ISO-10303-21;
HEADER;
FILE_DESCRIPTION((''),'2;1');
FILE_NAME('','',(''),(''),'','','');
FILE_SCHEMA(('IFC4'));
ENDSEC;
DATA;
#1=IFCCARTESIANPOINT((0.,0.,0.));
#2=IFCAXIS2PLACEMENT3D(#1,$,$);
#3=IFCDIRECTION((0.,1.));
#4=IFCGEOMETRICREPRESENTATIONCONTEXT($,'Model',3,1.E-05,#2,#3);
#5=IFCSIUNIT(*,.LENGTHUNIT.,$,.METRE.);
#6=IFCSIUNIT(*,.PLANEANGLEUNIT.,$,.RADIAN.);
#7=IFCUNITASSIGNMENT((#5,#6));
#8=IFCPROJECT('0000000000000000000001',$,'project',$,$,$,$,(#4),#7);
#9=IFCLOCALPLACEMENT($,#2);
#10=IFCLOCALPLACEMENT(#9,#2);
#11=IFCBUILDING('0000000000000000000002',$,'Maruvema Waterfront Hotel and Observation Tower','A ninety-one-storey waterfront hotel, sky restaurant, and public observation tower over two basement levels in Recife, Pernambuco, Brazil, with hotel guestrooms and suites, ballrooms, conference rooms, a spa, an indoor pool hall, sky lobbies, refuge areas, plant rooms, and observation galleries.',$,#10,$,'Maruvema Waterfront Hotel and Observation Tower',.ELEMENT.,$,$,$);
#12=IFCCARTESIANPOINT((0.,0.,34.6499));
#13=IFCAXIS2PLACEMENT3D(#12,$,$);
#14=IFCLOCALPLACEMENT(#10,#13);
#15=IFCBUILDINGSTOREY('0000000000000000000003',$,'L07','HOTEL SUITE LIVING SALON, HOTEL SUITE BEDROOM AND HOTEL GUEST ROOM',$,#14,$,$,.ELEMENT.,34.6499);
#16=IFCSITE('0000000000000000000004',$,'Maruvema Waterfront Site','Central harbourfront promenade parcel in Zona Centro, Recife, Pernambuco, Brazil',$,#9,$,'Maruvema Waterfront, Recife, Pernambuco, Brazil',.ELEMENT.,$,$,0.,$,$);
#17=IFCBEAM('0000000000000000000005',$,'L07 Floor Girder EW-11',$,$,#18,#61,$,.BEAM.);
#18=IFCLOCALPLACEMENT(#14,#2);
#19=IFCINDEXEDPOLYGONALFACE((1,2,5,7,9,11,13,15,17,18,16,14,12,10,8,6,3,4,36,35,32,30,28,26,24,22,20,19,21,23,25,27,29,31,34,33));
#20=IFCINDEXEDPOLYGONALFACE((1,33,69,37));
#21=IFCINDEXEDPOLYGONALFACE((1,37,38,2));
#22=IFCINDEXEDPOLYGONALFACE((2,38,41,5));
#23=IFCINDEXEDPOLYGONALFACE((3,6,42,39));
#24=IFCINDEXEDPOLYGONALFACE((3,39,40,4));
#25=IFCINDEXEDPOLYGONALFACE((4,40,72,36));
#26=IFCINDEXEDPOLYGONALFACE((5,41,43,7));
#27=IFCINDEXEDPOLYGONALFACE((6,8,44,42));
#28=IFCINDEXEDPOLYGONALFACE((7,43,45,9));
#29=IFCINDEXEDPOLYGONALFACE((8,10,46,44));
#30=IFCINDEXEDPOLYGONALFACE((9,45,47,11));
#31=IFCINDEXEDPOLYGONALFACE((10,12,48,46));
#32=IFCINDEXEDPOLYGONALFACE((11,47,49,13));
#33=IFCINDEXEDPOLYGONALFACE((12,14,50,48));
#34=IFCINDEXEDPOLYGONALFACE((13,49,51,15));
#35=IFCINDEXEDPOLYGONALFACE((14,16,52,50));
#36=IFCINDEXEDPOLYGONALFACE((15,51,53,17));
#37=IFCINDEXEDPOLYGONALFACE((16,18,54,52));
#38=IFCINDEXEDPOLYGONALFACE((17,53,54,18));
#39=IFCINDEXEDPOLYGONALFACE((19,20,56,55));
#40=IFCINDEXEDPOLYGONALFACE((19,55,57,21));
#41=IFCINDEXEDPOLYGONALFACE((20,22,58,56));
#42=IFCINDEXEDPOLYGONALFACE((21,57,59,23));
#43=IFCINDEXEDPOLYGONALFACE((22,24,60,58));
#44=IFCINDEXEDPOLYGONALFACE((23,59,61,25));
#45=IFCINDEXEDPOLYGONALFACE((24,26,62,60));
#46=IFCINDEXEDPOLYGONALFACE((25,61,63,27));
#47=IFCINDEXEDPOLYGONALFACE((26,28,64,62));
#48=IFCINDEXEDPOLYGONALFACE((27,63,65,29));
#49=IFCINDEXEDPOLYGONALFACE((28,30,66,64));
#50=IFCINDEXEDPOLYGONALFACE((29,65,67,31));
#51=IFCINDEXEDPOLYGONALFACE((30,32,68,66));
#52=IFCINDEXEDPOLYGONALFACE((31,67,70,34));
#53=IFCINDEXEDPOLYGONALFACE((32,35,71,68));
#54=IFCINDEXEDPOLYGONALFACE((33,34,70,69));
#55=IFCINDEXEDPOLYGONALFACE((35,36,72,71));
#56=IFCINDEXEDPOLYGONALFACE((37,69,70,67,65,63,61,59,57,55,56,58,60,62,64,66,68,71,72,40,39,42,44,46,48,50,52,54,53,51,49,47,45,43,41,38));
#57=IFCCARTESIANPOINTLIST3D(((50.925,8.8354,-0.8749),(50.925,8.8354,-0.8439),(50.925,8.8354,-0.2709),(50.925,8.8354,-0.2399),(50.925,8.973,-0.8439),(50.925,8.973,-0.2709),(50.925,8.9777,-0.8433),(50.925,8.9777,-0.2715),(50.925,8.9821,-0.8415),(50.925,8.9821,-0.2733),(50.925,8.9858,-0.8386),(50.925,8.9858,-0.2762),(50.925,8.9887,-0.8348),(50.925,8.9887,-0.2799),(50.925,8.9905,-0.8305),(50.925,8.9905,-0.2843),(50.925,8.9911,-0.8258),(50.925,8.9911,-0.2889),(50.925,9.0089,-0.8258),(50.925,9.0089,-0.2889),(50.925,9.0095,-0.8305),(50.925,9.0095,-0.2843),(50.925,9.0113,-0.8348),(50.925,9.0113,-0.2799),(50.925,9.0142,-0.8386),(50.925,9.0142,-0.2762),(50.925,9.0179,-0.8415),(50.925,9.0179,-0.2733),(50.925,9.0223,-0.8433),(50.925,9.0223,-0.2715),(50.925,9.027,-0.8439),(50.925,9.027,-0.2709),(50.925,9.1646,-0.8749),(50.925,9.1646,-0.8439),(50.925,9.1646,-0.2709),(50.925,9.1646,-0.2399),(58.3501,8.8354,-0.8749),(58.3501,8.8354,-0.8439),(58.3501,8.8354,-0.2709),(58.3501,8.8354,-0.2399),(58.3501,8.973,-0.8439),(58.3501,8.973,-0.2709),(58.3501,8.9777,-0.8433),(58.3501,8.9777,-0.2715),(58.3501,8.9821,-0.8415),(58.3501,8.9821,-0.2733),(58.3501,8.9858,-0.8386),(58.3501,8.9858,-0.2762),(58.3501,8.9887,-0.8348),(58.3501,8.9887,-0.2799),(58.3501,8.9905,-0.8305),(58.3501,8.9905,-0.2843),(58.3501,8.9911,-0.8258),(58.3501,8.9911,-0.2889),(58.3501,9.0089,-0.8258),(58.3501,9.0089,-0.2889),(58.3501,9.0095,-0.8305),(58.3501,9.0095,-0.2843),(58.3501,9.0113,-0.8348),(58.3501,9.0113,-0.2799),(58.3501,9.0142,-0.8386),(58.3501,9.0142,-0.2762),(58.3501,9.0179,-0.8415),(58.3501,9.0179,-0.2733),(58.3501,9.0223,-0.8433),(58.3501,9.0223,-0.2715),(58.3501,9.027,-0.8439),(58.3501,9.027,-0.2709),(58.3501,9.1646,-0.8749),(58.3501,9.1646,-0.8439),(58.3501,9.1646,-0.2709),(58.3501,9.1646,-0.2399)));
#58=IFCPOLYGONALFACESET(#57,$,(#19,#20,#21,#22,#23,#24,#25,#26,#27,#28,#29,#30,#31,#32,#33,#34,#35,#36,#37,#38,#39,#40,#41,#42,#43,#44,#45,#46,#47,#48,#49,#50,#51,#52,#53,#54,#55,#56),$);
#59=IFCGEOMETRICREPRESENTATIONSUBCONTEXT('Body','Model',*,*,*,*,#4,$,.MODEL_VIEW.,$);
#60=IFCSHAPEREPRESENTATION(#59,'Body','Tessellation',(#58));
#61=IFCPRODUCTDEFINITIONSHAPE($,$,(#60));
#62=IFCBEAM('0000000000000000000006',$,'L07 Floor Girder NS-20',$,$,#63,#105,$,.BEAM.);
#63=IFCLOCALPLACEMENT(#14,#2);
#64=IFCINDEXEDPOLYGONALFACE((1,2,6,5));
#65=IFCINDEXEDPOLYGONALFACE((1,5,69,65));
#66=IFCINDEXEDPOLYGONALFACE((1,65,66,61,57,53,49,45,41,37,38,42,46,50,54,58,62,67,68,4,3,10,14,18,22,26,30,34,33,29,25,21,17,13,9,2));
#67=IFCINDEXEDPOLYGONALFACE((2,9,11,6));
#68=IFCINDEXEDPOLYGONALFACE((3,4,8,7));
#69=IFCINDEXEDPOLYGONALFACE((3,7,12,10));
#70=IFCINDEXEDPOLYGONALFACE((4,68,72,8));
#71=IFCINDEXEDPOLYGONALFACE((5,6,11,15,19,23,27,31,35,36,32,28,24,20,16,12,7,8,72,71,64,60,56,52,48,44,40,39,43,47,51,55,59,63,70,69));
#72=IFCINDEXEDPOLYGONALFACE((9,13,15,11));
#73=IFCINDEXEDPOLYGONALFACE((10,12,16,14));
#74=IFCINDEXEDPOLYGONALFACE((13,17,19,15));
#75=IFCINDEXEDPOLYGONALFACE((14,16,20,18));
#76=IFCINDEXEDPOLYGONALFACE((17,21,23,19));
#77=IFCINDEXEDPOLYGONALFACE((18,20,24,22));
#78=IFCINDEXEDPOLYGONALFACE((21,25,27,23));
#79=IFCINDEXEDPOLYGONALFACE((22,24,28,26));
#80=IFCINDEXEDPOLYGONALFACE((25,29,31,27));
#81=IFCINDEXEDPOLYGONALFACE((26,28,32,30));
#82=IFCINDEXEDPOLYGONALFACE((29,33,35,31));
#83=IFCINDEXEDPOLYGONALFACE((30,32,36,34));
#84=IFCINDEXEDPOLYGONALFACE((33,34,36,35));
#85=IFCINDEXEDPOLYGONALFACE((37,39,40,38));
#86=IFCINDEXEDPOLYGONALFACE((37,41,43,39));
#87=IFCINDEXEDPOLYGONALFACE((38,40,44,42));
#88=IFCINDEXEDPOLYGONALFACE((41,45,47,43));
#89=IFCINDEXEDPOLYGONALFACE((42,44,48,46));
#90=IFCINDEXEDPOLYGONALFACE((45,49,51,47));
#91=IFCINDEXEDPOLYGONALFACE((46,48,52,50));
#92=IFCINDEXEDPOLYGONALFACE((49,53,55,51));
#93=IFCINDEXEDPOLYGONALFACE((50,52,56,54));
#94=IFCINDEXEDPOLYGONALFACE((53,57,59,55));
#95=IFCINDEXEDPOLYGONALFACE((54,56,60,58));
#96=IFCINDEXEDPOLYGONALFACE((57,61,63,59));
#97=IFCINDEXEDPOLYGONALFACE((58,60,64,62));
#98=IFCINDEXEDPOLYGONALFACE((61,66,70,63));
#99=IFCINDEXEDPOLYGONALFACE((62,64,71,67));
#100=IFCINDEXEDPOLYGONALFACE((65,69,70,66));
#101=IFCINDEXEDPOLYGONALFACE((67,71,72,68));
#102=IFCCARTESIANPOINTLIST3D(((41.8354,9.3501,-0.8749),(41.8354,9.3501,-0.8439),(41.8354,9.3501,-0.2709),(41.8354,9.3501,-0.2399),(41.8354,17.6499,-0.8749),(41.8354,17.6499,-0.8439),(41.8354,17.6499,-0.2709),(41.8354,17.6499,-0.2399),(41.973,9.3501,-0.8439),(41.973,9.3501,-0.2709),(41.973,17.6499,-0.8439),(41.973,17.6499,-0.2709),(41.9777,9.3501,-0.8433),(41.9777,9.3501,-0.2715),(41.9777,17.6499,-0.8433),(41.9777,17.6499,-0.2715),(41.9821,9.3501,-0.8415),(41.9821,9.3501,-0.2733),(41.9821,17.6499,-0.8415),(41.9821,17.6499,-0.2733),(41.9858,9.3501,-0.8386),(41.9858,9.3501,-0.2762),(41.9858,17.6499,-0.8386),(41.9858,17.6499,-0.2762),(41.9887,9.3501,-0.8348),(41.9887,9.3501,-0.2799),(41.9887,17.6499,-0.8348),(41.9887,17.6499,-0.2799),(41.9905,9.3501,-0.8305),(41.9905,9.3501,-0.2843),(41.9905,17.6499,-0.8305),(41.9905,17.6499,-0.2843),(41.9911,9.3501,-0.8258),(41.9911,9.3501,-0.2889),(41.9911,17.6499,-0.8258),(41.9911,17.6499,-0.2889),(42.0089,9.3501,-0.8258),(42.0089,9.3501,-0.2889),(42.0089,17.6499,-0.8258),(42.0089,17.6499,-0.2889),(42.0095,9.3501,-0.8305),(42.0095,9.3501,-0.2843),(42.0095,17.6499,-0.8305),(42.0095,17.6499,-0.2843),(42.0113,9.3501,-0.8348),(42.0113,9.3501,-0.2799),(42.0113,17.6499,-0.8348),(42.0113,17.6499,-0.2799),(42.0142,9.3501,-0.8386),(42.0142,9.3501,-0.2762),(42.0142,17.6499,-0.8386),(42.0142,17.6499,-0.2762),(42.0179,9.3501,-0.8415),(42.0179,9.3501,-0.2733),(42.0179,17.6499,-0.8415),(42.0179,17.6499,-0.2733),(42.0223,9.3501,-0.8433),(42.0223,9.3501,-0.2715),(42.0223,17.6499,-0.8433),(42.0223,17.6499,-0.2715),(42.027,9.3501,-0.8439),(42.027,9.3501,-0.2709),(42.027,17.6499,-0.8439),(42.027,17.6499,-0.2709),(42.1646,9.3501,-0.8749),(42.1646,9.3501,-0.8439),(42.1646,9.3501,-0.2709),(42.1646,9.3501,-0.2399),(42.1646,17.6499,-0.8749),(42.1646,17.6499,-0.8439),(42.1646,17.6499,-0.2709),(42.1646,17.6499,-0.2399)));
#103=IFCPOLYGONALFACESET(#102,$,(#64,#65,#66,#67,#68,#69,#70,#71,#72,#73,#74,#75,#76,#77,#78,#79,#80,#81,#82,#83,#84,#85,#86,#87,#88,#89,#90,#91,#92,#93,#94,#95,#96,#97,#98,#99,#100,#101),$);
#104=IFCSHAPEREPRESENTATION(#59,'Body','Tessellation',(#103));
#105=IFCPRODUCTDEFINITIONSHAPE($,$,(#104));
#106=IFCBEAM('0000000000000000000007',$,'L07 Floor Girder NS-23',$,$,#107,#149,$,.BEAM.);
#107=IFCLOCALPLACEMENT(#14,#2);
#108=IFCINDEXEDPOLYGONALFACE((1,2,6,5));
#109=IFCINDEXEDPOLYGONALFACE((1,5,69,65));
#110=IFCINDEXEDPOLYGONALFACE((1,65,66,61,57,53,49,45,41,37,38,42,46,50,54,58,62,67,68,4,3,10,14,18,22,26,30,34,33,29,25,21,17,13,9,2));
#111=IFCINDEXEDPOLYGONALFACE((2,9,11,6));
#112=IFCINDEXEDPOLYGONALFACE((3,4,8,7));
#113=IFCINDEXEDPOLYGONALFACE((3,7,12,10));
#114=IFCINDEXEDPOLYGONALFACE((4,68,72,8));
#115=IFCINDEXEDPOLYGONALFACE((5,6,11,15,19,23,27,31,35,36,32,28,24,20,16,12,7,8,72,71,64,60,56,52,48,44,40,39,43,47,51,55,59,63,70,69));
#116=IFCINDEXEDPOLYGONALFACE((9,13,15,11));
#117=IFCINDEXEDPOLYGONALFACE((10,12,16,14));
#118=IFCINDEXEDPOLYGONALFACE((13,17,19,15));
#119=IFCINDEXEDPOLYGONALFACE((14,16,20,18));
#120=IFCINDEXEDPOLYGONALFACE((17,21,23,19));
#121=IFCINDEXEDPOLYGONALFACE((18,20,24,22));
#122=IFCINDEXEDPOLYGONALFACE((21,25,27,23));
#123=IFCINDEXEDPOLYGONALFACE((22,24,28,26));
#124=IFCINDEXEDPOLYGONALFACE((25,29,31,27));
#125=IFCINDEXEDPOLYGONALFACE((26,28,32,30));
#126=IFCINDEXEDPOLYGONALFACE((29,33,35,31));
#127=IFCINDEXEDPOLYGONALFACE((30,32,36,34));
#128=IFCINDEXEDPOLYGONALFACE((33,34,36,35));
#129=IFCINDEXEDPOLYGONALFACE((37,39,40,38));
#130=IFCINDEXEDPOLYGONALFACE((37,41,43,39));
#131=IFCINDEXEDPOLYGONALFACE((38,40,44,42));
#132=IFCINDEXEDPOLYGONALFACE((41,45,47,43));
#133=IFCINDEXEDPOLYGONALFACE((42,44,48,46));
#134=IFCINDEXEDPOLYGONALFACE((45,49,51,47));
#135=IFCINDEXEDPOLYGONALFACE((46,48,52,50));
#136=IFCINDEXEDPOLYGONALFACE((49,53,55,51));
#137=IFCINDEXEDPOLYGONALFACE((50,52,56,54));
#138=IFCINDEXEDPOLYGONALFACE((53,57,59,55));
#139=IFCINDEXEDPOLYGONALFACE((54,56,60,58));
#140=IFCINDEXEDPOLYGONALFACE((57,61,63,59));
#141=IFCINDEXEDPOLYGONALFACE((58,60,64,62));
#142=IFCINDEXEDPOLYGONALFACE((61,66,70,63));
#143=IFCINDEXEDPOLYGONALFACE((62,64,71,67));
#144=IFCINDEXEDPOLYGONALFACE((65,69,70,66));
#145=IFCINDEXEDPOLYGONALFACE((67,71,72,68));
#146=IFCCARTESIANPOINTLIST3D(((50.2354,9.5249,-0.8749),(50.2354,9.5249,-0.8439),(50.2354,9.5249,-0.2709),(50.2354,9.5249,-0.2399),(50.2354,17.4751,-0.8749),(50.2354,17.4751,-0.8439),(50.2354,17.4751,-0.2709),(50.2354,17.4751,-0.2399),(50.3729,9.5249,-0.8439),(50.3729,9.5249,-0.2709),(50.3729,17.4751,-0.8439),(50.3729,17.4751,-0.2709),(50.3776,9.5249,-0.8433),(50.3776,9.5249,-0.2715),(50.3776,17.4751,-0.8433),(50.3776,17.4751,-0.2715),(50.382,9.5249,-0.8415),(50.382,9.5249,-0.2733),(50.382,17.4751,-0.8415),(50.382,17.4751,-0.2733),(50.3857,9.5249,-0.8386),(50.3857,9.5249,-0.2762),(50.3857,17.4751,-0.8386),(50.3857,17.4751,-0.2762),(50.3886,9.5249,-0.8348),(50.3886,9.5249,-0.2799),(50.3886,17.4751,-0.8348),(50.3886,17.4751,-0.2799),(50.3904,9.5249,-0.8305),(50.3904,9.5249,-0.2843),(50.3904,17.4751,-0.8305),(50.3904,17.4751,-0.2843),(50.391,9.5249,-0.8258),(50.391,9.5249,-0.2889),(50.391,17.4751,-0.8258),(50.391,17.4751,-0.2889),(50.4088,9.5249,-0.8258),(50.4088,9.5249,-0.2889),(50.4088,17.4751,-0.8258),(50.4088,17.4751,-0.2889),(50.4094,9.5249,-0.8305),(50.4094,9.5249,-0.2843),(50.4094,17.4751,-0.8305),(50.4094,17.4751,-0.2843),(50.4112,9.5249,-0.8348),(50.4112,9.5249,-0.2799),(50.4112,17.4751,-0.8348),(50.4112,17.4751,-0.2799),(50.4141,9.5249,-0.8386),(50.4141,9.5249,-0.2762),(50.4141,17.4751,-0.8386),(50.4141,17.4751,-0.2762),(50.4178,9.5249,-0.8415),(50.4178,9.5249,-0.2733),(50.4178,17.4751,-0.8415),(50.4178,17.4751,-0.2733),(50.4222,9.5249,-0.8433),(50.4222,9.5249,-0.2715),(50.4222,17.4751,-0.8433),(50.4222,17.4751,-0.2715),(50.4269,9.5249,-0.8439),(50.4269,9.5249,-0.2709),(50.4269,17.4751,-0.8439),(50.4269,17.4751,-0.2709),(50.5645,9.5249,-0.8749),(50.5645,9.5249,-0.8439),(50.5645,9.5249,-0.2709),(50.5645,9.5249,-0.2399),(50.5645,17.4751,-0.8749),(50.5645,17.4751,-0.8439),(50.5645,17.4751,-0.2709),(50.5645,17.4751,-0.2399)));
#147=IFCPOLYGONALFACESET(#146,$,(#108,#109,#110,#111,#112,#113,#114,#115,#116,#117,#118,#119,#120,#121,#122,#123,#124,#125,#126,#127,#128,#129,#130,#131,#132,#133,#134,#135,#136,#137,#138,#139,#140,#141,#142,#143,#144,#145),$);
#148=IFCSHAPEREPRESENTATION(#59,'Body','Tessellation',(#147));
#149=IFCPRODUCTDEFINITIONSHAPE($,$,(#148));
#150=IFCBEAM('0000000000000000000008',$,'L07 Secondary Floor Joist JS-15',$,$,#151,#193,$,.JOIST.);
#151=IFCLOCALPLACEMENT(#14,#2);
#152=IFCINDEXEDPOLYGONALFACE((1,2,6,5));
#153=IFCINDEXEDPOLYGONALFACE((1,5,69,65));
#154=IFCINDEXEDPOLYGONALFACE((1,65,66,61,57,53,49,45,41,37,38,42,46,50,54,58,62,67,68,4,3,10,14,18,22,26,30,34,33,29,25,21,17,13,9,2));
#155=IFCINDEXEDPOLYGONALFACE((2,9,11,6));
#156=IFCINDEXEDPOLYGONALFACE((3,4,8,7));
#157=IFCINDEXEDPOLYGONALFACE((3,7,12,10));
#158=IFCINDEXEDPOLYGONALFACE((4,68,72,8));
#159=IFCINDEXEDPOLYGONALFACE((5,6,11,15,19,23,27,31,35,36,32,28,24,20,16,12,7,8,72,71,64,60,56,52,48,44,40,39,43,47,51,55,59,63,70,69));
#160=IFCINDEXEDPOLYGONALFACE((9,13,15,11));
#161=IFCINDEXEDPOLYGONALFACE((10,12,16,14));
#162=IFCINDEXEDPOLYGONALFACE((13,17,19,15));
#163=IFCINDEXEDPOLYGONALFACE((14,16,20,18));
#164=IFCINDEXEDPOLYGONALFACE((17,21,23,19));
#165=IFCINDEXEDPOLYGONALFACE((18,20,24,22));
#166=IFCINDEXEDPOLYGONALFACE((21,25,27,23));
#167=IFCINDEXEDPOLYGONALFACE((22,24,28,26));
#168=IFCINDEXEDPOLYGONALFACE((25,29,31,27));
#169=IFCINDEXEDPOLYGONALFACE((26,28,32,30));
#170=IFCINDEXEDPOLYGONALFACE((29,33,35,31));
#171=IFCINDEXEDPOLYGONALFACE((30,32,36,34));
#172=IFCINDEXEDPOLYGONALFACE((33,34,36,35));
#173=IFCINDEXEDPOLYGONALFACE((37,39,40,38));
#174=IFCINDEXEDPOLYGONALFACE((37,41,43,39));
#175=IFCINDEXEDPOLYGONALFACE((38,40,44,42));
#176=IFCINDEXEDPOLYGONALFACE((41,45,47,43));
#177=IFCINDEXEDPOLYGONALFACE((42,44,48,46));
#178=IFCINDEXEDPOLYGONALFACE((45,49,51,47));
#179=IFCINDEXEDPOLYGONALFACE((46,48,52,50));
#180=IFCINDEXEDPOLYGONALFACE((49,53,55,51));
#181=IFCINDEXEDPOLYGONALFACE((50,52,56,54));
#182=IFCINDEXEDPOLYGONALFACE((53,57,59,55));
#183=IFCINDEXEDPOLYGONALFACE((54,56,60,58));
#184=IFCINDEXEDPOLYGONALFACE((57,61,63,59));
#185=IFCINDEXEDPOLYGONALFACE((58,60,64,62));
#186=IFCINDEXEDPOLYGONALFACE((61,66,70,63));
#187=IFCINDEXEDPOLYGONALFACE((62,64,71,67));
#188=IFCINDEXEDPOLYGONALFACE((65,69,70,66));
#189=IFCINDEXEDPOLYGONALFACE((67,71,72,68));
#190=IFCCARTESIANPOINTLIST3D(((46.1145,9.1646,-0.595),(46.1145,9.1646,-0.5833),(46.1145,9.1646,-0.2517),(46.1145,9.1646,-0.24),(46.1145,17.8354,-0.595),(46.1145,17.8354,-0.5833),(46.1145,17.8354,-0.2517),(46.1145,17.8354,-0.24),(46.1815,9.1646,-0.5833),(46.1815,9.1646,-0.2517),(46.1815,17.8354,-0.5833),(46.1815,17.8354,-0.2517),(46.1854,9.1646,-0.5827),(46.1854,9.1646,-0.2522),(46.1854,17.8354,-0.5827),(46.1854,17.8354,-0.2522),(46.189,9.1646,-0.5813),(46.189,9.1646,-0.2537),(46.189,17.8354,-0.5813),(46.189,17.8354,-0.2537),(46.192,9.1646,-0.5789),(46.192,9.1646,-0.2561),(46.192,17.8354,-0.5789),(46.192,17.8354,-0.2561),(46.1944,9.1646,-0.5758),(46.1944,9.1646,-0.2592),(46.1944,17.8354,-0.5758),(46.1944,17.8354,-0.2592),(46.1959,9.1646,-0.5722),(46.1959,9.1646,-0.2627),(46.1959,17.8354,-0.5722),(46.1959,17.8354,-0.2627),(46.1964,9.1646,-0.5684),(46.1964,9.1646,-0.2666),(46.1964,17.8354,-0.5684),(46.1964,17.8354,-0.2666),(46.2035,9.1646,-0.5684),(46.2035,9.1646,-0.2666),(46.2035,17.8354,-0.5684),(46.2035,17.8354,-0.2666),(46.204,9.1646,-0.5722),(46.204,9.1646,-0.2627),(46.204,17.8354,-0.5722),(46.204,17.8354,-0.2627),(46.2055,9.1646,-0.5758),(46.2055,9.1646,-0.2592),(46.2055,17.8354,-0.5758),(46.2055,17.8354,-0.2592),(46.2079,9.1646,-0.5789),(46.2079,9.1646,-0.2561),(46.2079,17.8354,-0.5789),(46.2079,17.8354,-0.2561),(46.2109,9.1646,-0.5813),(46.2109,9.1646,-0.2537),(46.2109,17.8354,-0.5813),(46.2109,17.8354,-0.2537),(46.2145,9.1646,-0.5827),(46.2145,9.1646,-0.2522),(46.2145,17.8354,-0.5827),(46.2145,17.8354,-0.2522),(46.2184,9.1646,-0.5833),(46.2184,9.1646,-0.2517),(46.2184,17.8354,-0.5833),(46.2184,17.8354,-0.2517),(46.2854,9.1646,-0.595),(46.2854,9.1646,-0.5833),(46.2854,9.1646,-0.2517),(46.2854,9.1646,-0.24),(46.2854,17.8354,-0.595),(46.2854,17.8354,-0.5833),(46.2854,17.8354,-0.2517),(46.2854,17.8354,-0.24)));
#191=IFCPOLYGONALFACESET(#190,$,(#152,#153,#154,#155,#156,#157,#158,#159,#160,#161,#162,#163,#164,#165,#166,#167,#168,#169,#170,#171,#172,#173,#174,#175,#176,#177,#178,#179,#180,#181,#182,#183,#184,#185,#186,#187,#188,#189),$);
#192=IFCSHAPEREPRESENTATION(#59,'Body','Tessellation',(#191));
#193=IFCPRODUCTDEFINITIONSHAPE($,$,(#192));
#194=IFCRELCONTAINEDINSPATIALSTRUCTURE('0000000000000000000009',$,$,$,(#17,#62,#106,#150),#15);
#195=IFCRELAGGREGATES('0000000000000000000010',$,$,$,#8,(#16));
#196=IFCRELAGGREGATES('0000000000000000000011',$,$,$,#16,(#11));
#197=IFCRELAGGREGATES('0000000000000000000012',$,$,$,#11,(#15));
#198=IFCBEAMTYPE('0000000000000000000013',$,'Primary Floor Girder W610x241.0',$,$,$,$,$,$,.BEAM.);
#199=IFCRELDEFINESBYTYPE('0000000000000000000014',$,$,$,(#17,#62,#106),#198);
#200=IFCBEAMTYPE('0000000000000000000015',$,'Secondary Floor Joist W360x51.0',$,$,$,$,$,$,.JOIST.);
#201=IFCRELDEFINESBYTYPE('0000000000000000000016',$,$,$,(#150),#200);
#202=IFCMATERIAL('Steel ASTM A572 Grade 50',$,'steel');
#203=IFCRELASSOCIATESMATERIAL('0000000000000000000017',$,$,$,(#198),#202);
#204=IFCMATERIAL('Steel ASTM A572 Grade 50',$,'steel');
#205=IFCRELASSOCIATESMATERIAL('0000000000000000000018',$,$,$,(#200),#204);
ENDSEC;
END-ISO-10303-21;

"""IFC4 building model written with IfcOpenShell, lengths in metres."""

from ifc_helpers import new_model, si_unit, direction, frame, origin, origin_2d, place, context, subcontext, project, spatial, i_section, extrude, material, material_profile, profile_set, type_object, element, save


model = new_model("IFC4")

# Units and contexts
model_context = context("Model", 3, precision=1e-05, world=origin(), true_north=direction((0.0, 1.0)))
body_context = subcontext(model_context, "Body", "Model", "MODEL_VIEW")
ifc_project = project(units=[si_unit("LENGTHUNIT", "METRE"), si_unit("PLANEANGLEUNIT", "RADIAN")], contexts=[model_context])

# Site, building, storey
site_placement = place(None, origin())
site = spatial("IfcSite", under=ifc_project, at=site_placement, Name="Maruvema Waterfront Site", Description="Central harbourfront promenade parcel in Zona Centro, Recife, Pernambuco, Brazil", LongName="Maruvema Waterfront, Recife, Pernambuco, Brazil", CompositionType="ELEMENT", RefElevation=0.0)
building_placement = place(site_placement, origin())
building = spatial("IfcBuilding", under=site, at=building_placement, Name="Maruvema Waterfront Hotel and Observation Tower", Description="A ninety-one-storey waterfront hotel, sky restaurant, and public observation tower over two basement levels in Recife, Pernambuco, Brazil, with hotel guestrooms and suites, ballrooms, conference rooms, a spa, an indoor pool hall, sky lobbies, refuge areas, plant rooms, and observation galleries.", LongName="Maruvema Waterfront Hotel and Observation Tower", CompositionType="ELEMENT")
storey_placement = place(building_placement, frame((0.0, 0.0, 34.6499)))
storey = spatial("IfcBuildingStorey", under=building, at=storey_placement, Name="L07", Description="HOTEL SUITE LIVING SALON, HOTEL SUITE BEDROOM AND HOTEL GUEST ROOM", CompositionType="ELEMENT", Elevation=34.6499)

# Beams
ifc_material_1 = material(Name="Steel ASTM A572 Grade 50", Category="steel")
ifc_material_profile_1 = material_profile(ifc_material_1, i_section(OverallWidth=0.3291, OverallDepth=0.635, WebThickness=0.0178, FlangeThickness=0.031, FilletRadius=0.0181, at=origin_2d()), Name="W610x241.0")
ifc_profile_set_1 = profile_set([ifc_material_profile_1], Name="Steel ASTM A572 Grade 50")
beam_type_1 = type_object("IfcBeamType", Name="Primary Floor Girder W610x241.0", PredefinedType="BEAM", material=ifc_profile_set_1)
beam_1_placement = place(storey_placement, frame((50.925, 9.0, -0.5574), z_axis=(1.0, 0.0, 0.0), x_axis=(0.0, 1.0, 0.0)))
element("IfcBeam", 1, at=beam_1_placement, inside=storey, type_object=beam_type_1, Name="L07 Floor Girder EW-11", PredefinedType="BEAM", context=body_context, shape_type="SweptSolid", body=[
    extrude(i_section(OverallWidth=0.3291, OverallDepth=0.635, WebThickness=0.0178, FlangeThickness=0.031, FilletRadius=0.0181, at=origin_2d()), origin(), (0.0, 0.0, 1.0), 7.425),
])
beam_2_placement = place(storey_placement, frame((42.0, 9.3501, -0.5574), z_axis=(0.0, 1.0, 0.0), x_axis=(-1.0, 0.0, 0.0)))
element("IfcBeam", 2, at=beam_2_placement, inside=storey, type_object=beam_type_1, Name="L07 Floor Girder NS-20", PredefinedType="BEAM", context=body_context, shape_type="SweptSolid", body=[
    extrude(i_section(OverallWidth=0.3291, OverallDepth=0.635, WebThickness=0.0178, FlangeThickness=0.031, FilletRadius=0.0181, at=origin_2d()), origin(), (0.0, 0.0, 1.0), 8.2998),
])
beam_3_placement = place(storey_placement, frame((50.3999, 9.5249, -0.5574), z_axis=(0.0, 1.0, 0.0), x_axis=(-1.0, 0.0, 0.0)))
element("IfcBeam", 3, at=beam_3_placement, inside=storey, type_object=beam_type_1, Name="L07 Floor Girder NS-23", PredefinedType="BEAM", context=body_context, shape_type="SweptSolid", body=[
    extrude(i_section(OverallWidth=0.3291, OverallDepth=0.635, WebThickness=0.0178, FlangeThickness=0.031, FilletRadius=0.0181, at=origin_2d()), origin(), (0.0, 0.0, 1.0), 7.9502),
])
ifc_material_2 = material(Name="Steel ASTM A572 Grade 50", Category="steel")
ifc_material_profile_2 = material_profile(ifc_material_2, i_section(OverallWidth=0.1709, OverallDepth=0.355, WebThickness=0.0071, FlangeThickness=0.0117, FilletRadius=0.0149, at=origin_2d()), Name="W360x51.0")
ifc_profile_set_2 = profile_set([ifc_material_profile_2], Name="Steel ASTM A572 Grade 50")
beam_type_2 = type_object("IfcBeamType", Name="Secondary Floor Joist W360x51.0", PredefinedType="JOIST", material=ifc_profile_set_2)
beam_4_placement = place(storey_placement, frame((46.2, 9.1646, -0.4175), z_axis=(0.0, 1.0, 0.0), x_axis=(-1.0, 0.0, 0.0)))
element("IfcBeam", 4, at=beam_4_placement, inside=storey, type_object=beam_type_2, Name="L07 Secondary Floor Joist JS-15", PredefinedType="JOIST", context=body_context, shape_type="SweptSolid", body=[
    extrude(i_section(OverallWidth=0.1709, OverallDepth=0.355, WebThickness=0.0071, FlangeThickness=0.0117, FilletRadius=0.0149, at=origin_2d()), origin(), (0.0, 0.0, 1.0), 8.6709),
])

save(model, "model.ifc")
